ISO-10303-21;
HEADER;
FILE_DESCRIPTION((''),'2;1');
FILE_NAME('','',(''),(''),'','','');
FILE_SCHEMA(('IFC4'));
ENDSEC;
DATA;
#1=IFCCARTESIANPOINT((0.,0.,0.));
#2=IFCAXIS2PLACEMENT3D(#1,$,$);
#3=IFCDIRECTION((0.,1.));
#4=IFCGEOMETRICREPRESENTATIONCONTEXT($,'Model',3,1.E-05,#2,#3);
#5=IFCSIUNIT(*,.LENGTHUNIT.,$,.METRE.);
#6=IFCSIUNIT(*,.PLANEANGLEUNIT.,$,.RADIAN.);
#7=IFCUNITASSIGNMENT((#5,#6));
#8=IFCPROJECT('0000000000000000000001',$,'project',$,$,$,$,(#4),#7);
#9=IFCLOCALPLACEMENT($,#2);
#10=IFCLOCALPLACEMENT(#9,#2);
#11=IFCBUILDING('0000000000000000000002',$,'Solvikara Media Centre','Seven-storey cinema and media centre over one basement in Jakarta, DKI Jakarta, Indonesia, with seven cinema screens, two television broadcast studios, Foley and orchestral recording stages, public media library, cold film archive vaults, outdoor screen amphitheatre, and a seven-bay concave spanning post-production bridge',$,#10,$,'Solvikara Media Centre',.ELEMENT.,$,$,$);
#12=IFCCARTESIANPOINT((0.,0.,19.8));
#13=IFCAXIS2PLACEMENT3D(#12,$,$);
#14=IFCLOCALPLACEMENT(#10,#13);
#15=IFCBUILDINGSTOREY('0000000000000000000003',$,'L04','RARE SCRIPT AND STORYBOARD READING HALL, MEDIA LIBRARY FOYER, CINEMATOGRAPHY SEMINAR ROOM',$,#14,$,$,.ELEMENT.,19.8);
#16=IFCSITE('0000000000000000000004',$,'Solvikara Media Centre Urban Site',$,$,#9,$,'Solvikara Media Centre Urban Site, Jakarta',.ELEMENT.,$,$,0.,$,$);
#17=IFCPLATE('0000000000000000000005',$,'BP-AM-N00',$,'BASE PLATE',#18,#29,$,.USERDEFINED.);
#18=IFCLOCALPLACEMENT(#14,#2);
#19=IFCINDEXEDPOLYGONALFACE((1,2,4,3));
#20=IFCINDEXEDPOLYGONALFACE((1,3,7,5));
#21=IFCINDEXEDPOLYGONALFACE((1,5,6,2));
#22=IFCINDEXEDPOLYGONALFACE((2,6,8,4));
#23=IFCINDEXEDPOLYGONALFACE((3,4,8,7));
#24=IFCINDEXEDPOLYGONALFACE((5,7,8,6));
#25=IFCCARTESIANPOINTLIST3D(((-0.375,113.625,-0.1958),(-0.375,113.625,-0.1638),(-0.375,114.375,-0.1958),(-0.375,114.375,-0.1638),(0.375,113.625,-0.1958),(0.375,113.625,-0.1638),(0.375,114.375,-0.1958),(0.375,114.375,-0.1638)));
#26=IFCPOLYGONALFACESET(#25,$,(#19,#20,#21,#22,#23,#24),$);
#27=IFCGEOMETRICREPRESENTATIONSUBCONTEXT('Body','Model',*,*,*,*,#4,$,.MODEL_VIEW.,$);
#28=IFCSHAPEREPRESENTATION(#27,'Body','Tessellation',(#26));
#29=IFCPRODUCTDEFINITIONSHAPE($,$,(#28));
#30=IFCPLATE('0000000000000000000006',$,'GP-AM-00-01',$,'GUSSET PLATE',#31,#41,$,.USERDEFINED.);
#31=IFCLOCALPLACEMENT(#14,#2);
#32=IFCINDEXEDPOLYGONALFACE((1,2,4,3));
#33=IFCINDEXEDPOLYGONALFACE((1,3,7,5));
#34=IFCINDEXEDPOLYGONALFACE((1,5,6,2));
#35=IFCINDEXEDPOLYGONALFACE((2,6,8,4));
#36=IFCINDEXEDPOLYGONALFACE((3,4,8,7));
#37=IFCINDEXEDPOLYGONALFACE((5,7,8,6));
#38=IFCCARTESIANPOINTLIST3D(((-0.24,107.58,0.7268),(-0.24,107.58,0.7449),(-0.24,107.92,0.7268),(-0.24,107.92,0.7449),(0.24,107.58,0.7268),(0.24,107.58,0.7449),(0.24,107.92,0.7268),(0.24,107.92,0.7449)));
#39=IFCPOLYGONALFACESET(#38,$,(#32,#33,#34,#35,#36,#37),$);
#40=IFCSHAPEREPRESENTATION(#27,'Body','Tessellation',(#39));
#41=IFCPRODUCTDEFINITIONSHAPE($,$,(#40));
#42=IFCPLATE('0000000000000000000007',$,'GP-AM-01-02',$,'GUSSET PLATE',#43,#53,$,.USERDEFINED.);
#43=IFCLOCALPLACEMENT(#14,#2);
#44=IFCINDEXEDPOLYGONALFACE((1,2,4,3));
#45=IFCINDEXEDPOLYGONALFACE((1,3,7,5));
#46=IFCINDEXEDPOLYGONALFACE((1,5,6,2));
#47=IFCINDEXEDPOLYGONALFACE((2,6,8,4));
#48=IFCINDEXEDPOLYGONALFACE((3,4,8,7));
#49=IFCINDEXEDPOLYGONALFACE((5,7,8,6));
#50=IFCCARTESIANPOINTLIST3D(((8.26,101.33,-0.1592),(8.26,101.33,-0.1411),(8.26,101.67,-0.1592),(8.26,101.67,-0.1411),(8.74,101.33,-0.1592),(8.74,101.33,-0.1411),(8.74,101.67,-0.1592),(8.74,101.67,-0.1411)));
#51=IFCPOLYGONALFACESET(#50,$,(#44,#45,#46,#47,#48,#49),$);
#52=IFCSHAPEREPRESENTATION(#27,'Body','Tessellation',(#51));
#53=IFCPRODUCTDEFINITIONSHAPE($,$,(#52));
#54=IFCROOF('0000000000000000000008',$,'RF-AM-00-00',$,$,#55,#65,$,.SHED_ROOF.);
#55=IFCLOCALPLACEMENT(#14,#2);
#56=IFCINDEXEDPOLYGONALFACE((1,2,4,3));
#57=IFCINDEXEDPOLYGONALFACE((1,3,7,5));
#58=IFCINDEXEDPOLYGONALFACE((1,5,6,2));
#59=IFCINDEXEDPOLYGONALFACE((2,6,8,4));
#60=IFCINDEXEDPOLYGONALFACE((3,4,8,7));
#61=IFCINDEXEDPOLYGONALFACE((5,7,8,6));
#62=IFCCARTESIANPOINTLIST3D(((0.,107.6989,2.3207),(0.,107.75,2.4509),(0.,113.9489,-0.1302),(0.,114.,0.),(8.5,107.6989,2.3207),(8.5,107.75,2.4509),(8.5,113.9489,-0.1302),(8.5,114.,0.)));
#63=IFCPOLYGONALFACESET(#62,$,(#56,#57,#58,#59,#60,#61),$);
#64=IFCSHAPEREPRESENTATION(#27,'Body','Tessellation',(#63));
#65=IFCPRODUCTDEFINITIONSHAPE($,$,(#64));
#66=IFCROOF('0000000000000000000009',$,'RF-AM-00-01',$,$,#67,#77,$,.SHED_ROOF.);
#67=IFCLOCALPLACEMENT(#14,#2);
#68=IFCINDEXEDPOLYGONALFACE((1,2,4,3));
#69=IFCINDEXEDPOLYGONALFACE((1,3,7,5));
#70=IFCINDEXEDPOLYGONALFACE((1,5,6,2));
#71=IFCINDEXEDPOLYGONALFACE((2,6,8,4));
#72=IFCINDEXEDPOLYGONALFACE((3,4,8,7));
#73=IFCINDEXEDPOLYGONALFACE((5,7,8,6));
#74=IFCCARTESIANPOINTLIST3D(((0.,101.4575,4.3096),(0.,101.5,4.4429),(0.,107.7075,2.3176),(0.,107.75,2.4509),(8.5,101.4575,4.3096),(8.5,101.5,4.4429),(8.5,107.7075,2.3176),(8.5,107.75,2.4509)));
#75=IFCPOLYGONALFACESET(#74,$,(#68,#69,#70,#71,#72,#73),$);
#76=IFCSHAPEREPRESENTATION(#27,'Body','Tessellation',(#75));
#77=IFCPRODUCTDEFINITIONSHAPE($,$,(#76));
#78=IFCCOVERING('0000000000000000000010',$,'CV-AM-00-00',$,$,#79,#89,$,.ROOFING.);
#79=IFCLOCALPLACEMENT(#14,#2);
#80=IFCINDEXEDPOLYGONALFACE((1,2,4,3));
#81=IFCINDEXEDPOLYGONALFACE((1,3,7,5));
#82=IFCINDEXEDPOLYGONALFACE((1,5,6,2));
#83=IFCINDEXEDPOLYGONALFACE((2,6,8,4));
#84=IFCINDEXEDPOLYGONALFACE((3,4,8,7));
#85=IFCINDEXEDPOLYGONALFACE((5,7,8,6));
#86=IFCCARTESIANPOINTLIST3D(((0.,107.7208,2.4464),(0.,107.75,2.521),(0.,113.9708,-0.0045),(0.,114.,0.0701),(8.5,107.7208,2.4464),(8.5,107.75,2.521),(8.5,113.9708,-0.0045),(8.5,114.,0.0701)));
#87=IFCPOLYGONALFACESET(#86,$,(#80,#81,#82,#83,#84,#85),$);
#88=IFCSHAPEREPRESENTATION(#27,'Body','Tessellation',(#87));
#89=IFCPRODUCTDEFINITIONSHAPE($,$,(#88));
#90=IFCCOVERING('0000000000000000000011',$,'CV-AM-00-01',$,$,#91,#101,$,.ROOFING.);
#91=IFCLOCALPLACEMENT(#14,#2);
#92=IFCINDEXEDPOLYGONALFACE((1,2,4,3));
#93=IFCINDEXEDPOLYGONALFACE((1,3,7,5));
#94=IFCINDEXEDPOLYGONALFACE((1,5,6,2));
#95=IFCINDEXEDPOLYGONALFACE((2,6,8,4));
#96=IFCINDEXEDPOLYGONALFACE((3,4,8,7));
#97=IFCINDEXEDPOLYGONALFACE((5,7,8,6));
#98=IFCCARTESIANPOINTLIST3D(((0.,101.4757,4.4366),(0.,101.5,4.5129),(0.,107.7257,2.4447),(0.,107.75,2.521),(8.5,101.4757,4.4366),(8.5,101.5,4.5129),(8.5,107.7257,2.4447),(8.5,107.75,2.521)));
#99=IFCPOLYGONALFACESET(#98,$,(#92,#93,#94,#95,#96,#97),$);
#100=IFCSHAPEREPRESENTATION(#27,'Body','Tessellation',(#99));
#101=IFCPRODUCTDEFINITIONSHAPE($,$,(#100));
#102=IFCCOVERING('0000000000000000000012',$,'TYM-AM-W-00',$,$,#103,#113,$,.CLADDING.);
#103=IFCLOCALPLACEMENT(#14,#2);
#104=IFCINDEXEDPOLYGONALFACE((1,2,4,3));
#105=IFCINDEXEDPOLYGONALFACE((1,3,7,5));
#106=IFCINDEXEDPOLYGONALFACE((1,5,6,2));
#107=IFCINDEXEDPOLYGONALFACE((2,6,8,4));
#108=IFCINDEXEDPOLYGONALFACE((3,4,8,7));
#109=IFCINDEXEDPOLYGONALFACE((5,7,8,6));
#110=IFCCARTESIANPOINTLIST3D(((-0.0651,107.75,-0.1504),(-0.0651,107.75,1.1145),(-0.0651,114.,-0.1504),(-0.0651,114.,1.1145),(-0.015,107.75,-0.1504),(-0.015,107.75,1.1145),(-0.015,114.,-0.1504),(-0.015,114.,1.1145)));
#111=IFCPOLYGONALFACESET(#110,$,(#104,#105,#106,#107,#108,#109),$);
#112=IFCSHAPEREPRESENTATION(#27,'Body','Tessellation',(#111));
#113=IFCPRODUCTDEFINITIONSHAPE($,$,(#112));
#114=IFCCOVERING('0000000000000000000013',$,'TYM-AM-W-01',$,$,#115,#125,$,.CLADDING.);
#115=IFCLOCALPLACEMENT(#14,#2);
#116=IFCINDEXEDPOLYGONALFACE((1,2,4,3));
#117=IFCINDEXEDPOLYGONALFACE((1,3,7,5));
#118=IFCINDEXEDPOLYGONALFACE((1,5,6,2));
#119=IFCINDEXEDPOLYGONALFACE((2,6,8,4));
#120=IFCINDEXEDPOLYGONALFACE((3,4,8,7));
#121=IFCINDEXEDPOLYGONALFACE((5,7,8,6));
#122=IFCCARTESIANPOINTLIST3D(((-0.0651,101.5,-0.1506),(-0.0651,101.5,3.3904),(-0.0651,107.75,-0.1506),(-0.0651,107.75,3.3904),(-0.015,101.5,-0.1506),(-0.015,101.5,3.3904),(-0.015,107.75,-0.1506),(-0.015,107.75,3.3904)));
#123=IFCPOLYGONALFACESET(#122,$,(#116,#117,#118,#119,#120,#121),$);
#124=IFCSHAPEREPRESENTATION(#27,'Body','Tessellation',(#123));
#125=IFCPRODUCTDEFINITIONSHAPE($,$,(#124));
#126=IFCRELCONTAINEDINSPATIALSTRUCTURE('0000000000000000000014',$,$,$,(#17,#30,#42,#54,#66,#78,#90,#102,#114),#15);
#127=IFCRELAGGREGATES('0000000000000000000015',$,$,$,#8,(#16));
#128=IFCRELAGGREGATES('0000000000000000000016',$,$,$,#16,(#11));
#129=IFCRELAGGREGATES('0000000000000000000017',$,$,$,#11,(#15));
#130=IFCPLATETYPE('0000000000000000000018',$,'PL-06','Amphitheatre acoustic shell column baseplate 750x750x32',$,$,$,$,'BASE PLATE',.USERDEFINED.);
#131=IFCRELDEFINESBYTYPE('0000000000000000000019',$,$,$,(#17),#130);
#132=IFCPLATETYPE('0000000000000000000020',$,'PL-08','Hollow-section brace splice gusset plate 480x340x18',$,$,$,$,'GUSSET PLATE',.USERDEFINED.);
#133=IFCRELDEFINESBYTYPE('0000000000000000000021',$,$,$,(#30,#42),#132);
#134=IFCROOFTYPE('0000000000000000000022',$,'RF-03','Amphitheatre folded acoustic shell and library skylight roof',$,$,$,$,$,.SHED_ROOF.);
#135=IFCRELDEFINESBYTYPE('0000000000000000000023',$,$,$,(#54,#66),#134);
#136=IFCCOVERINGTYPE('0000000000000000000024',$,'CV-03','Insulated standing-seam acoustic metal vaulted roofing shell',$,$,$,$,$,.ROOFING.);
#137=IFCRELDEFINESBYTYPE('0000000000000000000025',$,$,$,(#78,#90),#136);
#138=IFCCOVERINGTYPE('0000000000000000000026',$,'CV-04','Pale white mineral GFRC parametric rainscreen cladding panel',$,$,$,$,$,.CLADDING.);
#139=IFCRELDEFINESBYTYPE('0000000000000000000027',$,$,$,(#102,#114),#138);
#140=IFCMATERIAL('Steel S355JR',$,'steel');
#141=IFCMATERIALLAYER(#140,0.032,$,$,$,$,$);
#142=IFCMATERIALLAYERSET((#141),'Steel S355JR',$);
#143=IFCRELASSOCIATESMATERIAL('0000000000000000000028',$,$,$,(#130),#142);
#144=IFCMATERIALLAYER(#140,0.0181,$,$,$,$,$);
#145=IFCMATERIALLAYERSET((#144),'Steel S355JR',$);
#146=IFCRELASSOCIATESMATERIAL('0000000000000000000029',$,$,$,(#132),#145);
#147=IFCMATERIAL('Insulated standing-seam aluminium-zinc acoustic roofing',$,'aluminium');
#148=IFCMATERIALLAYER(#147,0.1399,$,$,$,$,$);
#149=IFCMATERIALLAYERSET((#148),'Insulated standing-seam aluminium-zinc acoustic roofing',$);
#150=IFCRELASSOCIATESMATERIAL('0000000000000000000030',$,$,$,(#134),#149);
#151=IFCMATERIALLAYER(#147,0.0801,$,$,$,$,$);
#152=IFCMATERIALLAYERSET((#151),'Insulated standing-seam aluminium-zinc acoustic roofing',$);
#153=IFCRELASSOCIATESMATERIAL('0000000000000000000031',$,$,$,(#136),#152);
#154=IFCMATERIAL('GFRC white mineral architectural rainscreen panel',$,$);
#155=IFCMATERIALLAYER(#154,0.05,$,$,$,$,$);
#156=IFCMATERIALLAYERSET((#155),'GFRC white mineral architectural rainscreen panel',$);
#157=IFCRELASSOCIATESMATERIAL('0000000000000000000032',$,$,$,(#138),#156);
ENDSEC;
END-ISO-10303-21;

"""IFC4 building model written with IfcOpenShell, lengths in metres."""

from ifc_helpers import new_model, si_unit, direction, frame, origin, origin_2d, place, context, subcontext, project, spatial, polyline, rectangle, outline, extrude, material, layer, layer_set, type_object, element, save


model = new_model("IFC4")

# Units and contexts
model_context = context("Model", 3, precision=1e-05, world=origin(), true_north=direction((0.0, 1.0)))
body_context = subcontext(model_context, "Body", "Model", "MODEL_VIEW")
ifc_project = project(units=[si_unit("LENGTHUNIT", "METRE"), si_unit("PLANEANGLEUNIT", "RADIAN")], contexts=[model_context])

# Site, building, storey
site_placement = place(None, origin())
site = spatial("IfcSite", under=ifc_project, at=site_placement, Name="Solvikara Media Centre Urban Site", LongName="Solvikara Media Centre Urban Site, Jakarta", CompositionType="ELEMENT", RefElevation=0.0)
building_placement = place(site_placement, origin())
building = spatial("IfcBuilding", under=site, at=building_placement, Name="Solvikara Media Centre", Description="Seven-storey cinema and media centre over one basement in Jakarta, DKI Jakarta, Indonesia, with seven cinema screens, two television broadcast studios, Foley and orchestral recording stages, public media library, cold film archive vaults, outdoor screen amphitheatre, and a seven-bay concave spanning post-production bridge", LongName="Solvikara Media Centre", CompositionType="ELEMENT")
storey_placement = place(building_placement, frame((0.0, 0.0, 19.8)))
storey = spatial("IfcBuildingStorey", under=building, at=storey_placement, Name="L04", Description="RARE SCRIPT AND STORYBOARD READING HALL, MEDIA LIBRARY FOYER, CINEMATOGRAPHY SEMINAR ROOM", CompositionType="ELEMENT", Elevation=19.8)

# Shared definitions
ifc_material_1 = material(Name="Steel S355JR", Category="steel")

# Plates
ifc_layer_1 = layer(ifc_material_1, 0.032)
ifc_layer_set_1 = layer_set([ifc_layer_1], Name="Steel S355JR")
plate_type_1 = type_object("IfcPlateType", Name="PL-06", Description="Amphitheatre acoustic shell column baseplate 750x750x32", ElementType="BASE PLATE", PredefinedType="USERDEFINED", material=ifc_layer_set_1)
plate_placement = place(storey_placement, frame((0.0, 114.0, -0.1958), z_axis=(0.0, 0.0, 1.0), x_axis=(1.0, 0.0, 0.0)))
element("IfcPlate", 1, at=plate_placement, inside=storey, type_object=plate_type_1, Name="BP-AM-N00", ObjectType="BASE PLATE", PredefinedType="USERDEFINED", context=body_context, shape_type="SweptSolid", body=[
    extrude(rectangle(XDim=0.75, YDim=0.75, at=origin_2d()), origin(), (0.0, 0.0, 1.0), 0.032),
])
ifc_layer_2 = layer(ifc_material_1, 0.0181)
ifc_layer_set_2 = layer_set([ifc_layer_2], Name="Steel S355JR")
plate_type_2 = type_object("IfcPlateType", Name="PL-08", Description="Hollow-section brace splice gusset plate 480x340x18", ElementType="GUSSET PLATE", PredefinedType="USERDEFINED", material=ifc_layer_set_2)
for number, where, z_axis, x_axis, name in (
    (2, (0.0, 107.75, 0.7268), (0.0, 0.0, 1.0), (1.0, 0.0, 0.0), "GP-AM-00-01"),
    (3, (8.5, 101.5, -0.1592), (0.0, 0.0, 1.0), (1.0, 0.0, 0.0), "GP-AM-01-02"),
):
    element("IfcPlate", number, at=place(storey_placement, frame(where, z_axis=z_axis, x_axis=x_axis)), inside=storey, type_object=plate_type_2, Name=name, ObjectType="GUSSET PLATE", PredefinedType="USERDEFINED", context=body_context, shape_type="SweptSolid", body=[
        extrude(rectangle(XDim=0.48, YDim=0.3401, at=origin_2d()), origin(), (0.0, 0.0, 1.0), 0.0181),
    ])

# Roofs
ifc_material_2 = material(Name="Insulated standing-seam aluminium-zinc acoustic roofing", Category="aluminium")
ifc_layer_3 = layer(ifc_material_2, 0.1399)
ifc_layer_set_3 = layer_set([ifc_layer_3], Name="Insulated standing-seam aluminium-zinc acoustic roofing")
roof_type = type_object("IfcRoofType", Name="RF-03", Description="Amphitheatre folded acoustic shell and library skylight roof", PredefinedType="SHED_ROOF", material=ifc_layer_set_3)
roof_1_placement = place(storey_placement, frame((0.0, 114.0, 0.0), z_axis=(0.0, 0.365081, 0.930976), x_axis=(1.0, 0.0, 0.0)))
element("IfcRoof", 4, at=roof_1_placement, inside=storey, type_object=roof_type, Name="RF-AM-00-00", PredefinedType="SHED_ROOF", context=body_context, shape_type="SweptSolid", body=[
    extrude(outline(polyline([(0.0, 0.0), (8.5, 0.0), (8.5, -6.7134), (0.0, -6.7134), (0.0, 0.0)])), origin(), (0.0, 0.0, -1.0), 0.1399),
])
roof_2_placement = place(storey_placement, frame((0.0, 107.75, 2.4509), z_axis=(0.0, 0.303661, 0.95278), x_axis=(1.0, 0.0, 0.0)))
element("IfcRoof", 5, at=roof_2_placement, inside=storey, type_object=roof_type, Name="RF-AM-00-01", PredefinedType="SHED_ROOF", context=body_context, shape_type="SweptSolid", body=[
    extrude(outline(polyline([(0.0, 0.0), (8.5, 0.0), (8.5, -6.5598), (0.0, -6.5598), (0.0, 0.0)])), origin(), (0.0, 0.0, -1.0), 0.1399),
])

# Coverings
ifc_layer_4 = layer(ifc_material_2, 0.0801)
ifc_layer_set_4 = layer_set([ifc_layer_4], Name="Insulated standing-seam aluminium-zinc acoustic roofing")
covering_type_1 = type_object("IfcCoveringType", Name="CV-03", Description="Insulated standing-seam acoustic metal vaulted roofing shell", PredefinedType="ROOFING", material=ifc_layer_set_4)
covering_1_placement = place(storey_placement, frame((0.0, 114.0, 0.0701), z_axis=(0.0, 0.365081, 0.930976), x_axis=(1.0, 0.0, 0.0)))
element("IfcCovering", 6, at=covering_1_placement, inside=storey, type_object=covering_type_1, Name="CV-AM-00-00", PredefinedType="ROOFING", context=body_context, shape_type="SweptSolid", body=[
    extrude(outline(polyline([(0.0, 0.0), (8.5, 0.0), (8.5, -6.7134), (0.0, -6.7134), (0.0, 0.0)])), origin(), (0.0, 0.0, -1.0), 0.0801),
])
covering_2_placement = place(storey_placement, frame((0.0, 107.75, 2.521), z_axis=(0.0, 0.303661, 0.95278), x_axis=(1.0, 0.0, 0.0)))
element("IfcCovering", 7, at=covering_2_placement, inside=storey, type_object=covering_type_1, Name="CV-AM-00-01", PredefinedType="ROOFING", context=body_context, shape_type="SweptSolid", body=[
    extrude(outline(polyline([(0.0, 0.0), (8.5, 0.0), (8.5, -6.5598), (0.0, -6.5598), (0.0, 0.0)])), origin(), (0.0, 0.0, -1.0), 0.0801),
])
ifc_material_3 = material(Name="GFRC white mineral architectural rainscreen panel")
ifc_layer_5 = layer(ifc_material_3, 0.05)
ifc_layer_set_5 = layer_set([ifc_layer_5], Name="GFRC white mineral architectural rainscreen panel")
covering_type_2 = type_object("IfcCoveringType", Name="CV-04", Description="Pale white mineral GFRC parametric rainscreen cladding panel", PredefinedType="CLADDING", material=ifc_layer_set_5)
covering_3_placement = place(storey_placement, frame((-0.04, 110.875, -0.1504), z_axis=(0.0, 0.0, 1.0), x_axis=(0.0, -1.0, 0.0)))
element("IfcCovering", 8, at=covering_3_placement, inside=storey, type_object=covering_type_2, Name="TYM-AM-W-00", PredefinedType="CLADDING", context=body_context, shape_type="SweptSolid", body=[
    extrude(rectangle(XDim=6.25, YDim=0.05, at=origin_2d()), origin(), (0.0, 0.0, 1.0), 1.2649),
])
covering_4_placement = place(storey_placement, frame((-0.04, 104.625, -0.1506), z_axis=(0.0, 0.0, 1.0), x_axis=(0.0, -1.0, 0.0)))
element("IfcCovering", 9, at=covering_4_placement, inside=storey, type_object=covering_type_2, Name="TYM-AM-W-01", PredefinedType="CLADDING", context=body_context, shape_type="SweptSolid", body=[
    extrude(rectangle(XDim=6.25, YDim=0.05, at=origin_2d()), origin(), (0.0, 0.0, 1.0), 3.541),
])

save(model, "model.ifc")
